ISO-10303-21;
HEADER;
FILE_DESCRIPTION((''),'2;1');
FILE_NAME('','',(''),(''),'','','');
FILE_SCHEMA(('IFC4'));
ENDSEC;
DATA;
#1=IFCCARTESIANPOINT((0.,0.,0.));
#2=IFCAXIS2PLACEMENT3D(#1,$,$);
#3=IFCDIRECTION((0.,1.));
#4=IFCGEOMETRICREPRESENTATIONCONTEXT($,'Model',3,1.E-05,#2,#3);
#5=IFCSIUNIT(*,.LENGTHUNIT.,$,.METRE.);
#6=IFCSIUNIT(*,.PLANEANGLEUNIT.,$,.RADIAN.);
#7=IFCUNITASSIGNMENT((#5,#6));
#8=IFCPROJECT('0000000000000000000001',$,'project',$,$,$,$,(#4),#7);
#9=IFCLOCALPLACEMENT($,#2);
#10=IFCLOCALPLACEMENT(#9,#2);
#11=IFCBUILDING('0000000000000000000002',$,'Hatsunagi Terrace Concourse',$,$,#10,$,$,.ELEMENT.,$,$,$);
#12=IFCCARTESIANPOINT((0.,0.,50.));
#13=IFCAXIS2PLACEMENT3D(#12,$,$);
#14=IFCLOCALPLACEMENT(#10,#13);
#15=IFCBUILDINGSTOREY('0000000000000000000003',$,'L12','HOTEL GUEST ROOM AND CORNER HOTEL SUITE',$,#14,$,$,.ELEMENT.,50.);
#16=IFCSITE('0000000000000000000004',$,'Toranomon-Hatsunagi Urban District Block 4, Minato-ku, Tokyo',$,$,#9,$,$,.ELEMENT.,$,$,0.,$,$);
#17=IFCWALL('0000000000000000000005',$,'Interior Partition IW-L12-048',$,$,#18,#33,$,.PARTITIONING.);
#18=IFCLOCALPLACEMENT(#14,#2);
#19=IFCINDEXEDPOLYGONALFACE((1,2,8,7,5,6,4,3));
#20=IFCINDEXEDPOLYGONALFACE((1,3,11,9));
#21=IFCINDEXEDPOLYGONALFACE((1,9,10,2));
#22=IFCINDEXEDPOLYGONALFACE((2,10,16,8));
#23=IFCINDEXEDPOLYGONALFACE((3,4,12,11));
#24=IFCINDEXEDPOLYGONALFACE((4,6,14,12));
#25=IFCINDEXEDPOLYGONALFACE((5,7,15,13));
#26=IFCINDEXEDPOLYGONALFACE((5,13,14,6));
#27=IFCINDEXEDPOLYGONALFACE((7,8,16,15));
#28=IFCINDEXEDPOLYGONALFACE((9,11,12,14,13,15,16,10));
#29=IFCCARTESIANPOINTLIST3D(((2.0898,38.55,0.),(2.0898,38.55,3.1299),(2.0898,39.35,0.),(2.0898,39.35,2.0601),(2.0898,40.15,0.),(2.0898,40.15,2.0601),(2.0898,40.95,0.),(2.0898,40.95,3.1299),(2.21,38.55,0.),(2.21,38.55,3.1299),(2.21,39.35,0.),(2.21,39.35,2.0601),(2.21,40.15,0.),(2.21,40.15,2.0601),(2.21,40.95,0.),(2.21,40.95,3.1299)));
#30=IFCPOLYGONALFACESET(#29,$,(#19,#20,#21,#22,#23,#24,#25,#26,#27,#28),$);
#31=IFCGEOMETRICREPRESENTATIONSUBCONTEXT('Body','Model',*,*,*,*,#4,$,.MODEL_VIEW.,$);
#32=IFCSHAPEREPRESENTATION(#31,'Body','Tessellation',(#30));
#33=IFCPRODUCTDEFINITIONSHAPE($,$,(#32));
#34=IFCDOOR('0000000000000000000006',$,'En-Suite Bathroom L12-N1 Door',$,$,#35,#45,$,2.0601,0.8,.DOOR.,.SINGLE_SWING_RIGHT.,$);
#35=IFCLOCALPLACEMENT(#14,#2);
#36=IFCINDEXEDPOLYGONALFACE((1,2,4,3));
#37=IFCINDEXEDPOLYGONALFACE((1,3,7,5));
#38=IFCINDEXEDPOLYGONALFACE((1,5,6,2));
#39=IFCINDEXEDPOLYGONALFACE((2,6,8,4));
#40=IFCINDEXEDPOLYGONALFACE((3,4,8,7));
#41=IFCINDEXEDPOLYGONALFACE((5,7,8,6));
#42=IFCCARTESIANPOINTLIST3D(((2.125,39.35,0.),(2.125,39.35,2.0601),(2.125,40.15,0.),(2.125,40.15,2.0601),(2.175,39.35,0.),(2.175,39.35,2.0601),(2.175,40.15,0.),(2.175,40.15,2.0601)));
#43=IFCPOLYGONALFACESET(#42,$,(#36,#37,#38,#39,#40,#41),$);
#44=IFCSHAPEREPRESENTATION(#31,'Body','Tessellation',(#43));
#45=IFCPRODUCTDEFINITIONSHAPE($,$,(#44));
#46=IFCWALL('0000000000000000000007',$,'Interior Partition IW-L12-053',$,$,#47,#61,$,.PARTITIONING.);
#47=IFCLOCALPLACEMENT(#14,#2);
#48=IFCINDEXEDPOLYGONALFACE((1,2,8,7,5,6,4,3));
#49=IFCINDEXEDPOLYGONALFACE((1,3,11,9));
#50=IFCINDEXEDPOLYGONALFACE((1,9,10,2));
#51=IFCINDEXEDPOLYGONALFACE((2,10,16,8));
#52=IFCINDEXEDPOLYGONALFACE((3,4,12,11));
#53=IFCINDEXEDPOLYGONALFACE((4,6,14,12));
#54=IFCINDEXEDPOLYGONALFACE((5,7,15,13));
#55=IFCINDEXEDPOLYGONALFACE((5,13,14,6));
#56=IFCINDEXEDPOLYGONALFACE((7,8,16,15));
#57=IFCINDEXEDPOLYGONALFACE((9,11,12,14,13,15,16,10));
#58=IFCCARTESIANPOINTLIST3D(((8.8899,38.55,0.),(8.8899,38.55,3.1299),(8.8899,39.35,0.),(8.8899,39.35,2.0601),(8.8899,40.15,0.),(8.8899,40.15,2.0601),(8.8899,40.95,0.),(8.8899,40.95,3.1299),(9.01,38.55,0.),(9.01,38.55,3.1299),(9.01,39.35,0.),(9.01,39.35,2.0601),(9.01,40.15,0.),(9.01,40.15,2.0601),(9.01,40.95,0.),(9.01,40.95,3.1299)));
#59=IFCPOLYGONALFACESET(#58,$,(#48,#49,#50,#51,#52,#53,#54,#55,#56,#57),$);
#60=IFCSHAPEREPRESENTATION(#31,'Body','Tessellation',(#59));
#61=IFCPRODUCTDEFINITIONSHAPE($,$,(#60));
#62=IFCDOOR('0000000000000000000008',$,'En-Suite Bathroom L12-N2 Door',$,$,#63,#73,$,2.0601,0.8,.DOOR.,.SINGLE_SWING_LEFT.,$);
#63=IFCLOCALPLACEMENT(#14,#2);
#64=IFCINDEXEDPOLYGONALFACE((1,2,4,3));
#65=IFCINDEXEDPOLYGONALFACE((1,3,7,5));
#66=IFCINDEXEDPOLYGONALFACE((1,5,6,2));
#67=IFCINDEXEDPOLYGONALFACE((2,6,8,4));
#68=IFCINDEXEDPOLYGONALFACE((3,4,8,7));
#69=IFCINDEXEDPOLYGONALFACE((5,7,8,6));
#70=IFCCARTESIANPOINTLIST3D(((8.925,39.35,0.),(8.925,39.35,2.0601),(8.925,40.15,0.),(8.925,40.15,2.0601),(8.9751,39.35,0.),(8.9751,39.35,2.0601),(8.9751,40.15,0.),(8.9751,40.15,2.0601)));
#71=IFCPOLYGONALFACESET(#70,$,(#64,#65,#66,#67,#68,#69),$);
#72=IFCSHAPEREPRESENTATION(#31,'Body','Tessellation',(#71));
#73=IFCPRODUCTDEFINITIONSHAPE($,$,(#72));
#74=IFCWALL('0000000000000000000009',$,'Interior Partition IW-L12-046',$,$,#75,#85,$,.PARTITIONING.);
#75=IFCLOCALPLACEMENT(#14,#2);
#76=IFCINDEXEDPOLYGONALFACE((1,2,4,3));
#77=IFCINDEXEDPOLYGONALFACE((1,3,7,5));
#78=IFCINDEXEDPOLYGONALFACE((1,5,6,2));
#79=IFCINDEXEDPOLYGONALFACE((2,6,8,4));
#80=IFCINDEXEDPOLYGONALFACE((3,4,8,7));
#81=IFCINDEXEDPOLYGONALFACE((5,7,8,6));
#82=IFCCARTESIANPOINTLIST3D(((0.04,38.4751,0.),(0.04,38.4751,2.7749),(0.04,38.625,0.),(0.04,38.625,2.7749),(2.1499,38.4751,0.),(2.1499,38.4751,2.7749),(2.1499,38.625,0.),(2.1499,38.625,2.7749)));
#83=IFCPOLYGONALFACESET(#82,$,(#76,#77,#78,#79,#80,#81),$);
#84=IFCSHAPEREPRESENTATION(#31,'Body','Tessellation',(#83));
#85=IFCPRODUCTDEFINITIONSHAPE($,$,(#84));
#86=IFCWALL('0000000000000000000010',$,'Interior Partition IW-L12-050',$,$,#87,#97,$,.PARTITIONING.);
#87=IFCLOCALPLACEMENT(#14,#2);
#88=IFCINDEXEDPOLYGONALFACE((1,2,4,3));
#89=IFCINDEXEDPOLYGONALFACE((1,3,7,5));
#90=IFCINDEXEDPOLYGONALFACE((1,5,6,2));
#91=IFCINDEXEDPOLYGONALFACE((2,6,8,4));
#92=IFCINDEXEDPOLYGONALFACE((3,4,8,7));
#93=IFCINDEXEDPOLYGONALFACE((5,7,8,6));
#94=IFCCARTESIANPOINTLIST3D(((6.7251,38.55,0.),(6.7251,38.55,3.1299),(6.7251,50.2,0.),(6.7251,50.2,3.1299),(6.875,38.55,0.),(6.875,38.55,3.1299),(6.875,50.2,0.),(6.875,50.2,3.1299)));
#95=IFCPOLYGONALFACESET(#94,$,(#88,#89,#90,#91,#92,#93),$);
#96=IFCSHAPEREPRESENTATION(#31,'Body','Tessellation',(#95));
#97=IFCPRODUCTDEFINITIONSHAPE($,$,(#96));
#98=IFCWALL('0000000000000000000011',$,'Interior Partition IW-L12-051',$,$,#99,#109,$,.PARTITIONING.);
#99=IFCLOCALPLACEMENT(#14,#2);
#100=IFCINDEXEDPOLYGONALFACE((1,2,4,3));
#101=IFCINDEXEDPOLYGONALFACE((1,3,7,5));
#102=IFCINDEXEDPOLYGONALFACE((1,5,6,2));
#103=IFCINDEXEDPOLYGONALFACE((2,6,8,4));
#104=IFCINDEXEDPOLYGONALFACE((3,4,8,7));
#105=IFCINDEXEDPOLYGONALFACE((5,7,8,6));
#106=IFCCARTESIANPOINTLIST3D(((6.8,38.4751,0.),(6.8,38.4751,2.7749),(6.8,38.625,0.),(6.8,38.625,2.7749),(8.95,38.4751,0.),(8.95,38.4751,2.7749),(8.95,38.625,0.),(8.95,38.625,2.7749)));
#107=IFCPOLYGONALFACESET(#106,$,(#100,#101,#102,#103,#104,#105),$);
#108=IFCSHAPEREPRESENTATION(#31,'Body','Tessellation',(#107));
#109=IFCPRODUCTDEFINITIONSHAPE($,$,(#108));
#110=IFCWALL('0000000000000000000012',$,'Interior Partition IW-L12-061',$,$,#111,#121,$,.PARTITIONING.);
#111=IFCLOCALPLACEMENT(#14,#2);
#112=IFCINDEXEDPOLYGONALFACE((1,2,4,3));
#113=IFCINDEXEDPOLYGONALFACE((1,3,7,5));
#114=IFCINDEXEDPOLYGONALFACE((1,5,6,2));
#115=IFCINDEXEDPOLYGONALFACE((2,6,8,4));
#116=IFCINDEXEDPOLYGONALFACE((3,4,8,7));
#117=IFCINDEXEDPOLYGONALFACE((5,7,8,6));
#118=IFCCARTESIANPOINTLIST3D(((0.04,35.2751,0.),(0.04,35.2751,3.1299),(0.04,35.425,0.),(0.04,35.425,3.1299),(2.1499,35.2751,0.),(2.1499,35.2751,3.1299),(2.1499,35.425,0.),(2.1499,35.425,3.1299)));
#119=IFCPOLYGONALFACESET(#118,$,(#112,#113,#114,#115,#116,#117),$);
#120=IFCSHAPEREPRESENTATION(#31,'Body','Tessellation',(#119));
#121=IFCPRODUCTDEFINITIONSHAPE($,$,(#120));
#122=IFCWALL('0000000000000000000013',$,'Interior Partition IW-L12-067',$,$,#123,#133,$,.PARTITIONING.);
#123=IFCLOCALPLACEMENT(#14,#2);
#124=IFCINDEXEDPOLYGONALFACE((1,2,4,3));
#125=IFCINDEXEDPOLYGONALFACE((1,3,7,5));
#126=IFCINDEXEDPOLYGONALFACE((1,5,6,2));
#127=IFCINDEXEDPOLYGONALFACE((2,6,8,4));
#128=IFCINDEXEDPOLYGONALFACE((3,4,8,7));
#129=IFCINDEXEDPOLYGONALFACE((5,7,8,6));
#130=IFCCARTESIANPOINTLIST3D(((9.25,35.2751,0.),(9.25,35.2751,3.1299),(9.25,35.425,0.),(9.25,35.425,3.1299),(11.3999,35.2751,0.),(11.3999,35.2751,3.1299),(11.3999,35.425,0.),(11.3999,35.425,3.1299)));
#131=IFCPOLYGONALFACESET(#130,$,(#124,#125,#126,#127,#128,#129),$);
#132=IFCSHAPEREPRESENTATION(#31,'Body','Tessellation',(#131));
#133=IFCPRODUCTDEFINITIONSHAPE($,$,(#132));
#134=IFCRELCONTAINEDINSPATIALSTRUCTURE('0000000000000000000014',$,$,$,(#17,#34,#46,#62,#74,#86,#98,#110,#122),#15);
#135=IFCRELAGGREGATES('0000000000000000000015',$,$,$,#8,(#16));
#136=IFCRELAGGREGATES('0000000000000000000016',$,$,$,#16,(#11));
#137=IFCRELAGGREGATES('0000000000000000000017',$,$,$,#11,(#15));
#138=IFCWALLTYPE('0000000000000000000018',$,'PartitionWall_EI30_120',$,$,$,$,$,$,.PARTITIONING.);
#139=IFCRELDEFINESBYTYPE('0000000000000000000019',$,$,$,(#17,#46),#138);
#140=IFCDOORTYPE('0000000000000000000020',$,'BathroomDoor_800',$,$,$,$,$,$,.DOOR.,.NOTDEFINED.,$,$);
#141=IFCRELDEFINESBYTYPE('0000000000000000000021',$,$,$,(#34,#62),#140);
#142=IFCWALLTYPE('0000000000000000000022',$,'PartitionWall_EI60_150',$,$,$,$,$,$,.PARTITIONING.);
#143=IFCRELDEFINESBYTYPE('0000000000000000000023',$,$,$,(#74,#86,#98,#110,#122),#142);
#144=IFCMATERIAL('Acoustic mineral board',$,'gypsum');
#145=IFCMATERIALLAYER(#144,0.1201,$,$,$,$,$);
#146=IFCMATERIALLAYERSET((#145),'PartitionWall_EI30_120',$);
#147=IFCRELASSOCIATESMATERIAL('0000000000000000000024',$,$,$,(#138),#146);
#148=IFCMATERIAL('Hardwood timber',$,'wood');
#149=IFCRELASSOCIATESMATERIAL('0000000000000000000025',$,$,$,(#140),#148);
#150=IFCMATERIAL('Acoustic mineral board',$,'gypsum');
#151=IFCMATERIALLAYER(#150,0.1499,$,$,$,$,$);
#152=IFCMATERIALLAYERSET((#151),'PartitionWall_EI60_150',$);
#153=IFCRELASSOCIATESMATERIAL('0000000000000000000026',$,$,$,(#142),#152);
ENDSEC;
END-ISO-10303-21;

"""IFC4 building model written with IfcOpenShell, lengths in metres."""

from ifc_helpers import new_model, si_unit, direction, frame, frame_2d, origin, place, context, subcontext, project, spatial, rectangle, extrude, material, layer, layer_set, type_object, element, fill, save


model = new_model("IFC4")

# Units and contexts
model_context = context("Model", 3, precision=1e-05, world=origin(), true_north=direction((0.0, 1.0)))
body_context = subcontext(model_context, "Body", "Model", "MODEL_VIEW")
ifc_project = project(units=[si_unit("LENGTHUNIT", "METRE"), si_unit("PLANEANGLEUNIT", "RADIAN")], contexts=[model_context])

# Site, building, storey
site_placement = place(None, origin())
site = spatial("IfcSite", under=ifc_project, at=site_placement, Name="Toranomon-Hatsunagi Urban District Block 4, Minato-ku, Tokyo", CompositionType="ELEMENT", RefElevation=0.0)
building_placement = place(site_placement, origin())
building = spatial("IfcBuilding", under=site, at=building_placement, Name="Hatsunagi Terrace Concourse", CompositionType="ELEMENT")
storey_placement = place(building_placement, frame((0.0, 0.0, 50.0)))
storey = spatial("IfcBuildingStorey", under=building, at=storey_placement, Name="L12", Description="HOTEL GUEST ROOM AND CORNER HOTEL SUITE", CompositionType="ELEMENT", Elevation=50.0)

# Walls, openings, doors
ifc_material_1 = material(Name="Acoustic mineral board", Category="gypsum")
ifc_layer_1 = layer(ifc_material_1, 0.1201)
ifc_layer_set_1 = layer_set([ifc_layer_1], Name="PartitionWall_EI30_120")
wall_type_1 = type_object("IfcWallType", Name="PartitionWall_EI30_120", PredefinedType="PARTITIONING", material=ifc_layer_set_1)
wall_1_placement = place(storey_placement, frame((2.1499, 38.55, 0.0), z_axis=(0.0, 0.0, 1.0), x_axis=(0.0, 1.0, 0.0)))
wall_1 = element("IfcWall", 1, at=wall_1_placement, inside=storey, type_object=wall_type_1, Name="Interior Partition IW-L12-048", PredefinedType="PARTITIONING", context=body_context, shape_type="SweptSolid", body=[
    extrude(rectangle(XDim=2.3999, YDim=0.1201, at=frame_2d((1.2, 0.0))), origin(), (0.0, 0.0, 1.0), 3.1299),
])
opening_1_placement = place(wall_1_placement, frame((0.8, 0.0, 0.0)))
opening_1 = element("IfcOpeningElement", 2, at=opening_1_placement, cuts=wall_1, PredefinedType="OPENING", context=body_context, shape_type="SweptSolid", body=[
    extrude(rectangle(XDim=0.8, YDim=2.0601, at=frame_2d((0.3999, 1.03))), frame((0.0, 0.0701, 0.0), z_axis=(0.0, -1.0, 0.0), x_axis=(1.0, 0.0, 0.0)), (0.0, 0.0, 1.0), 0.1401),
])
ifc_material_2 = material(Name="Hardwood timber", Category="wood")
door_type_1 = type_object("IfcDoorType", Name="BathroomDoor_800", OperationType="NOTDEFINED", PredefinedType="DOOR", material=ifc_material_2)
door_1_placement = place(opening_1_placement, origin())
door_1 = element("IfcDoor", 3, at=door_1_placement, inside=storey, type_object=door_type_1, Name="En-Suite Bathroom L12-N1 Door", OperationType="SINGLE_SWING_RIGHT", OverallHeight=2.0601, OverallWidth=0.8, PredefinedType="DOOR", context=body_context, shape_type="SweptSolid", body=[
    extrude(rectangle(XDim=0.8, YDim=2.0601, at=frame_2d((0.3999, 1.03))), frame((0.0, 0.0249, 0.0), z_axis=(0.0, -1.0, 0.0), x_axis=(1.0, 0.0, 0.0)), (0.0, 0.0, 1.0), 0.05),
])
fill(opening_1, door_1)
wall_2_placement = place(storey_placement, frame((8.95, 38.55, 0.0), z_axis=(0.0, 0.0, 1.0), x_axis=(0.0, 1.0, 0.0)))
wall_2 = element("IfcWall", 4, at=wall_2_placement, inside=storey, type_object=wall_type_1, Name="Interior Partition IW-L12-053", PredefinedType="PARTITIONING", context=body_context, shape_type="SweptSolid", body=[
    extrude(rectangle(XDim=2.3999, YDim=0.1201, at=frame_2d((1.2, 0.0))), origin(), (0.0, 0.0, 1.0), 3.1299),
])
opening_2_placement = place(wall_2_placement, frame((0.8, 0.0, 0.0)))
opening_2 = element("IfcOpeningElement", 5, at=opening_2_placement, cuts=wall_2, PredefinedType="OPENING", context=body_context, shape_type="SweptSolid", body=[
    extrude(rectangle(XDim=0.8, YDim=2.0601, at=frame_2d((0.3999, 1.03))), frame((0.0, 0.0701, 0.0), z_axis=(0.0, -1.0, 0.0), x_axis=(1.0, 0.0, 0.0)), (0.0, 0.0, 1.0), 0.1401),
])
door_2_placement = place(opening_2_placement, origin())
door_2 = element("IfcDoor", 6, at=door_2_placement, inside=storey, type_object=door_type_1, Name="En-Suite Bathroom L12-N2 Door", OperationType="SINGLE_SWING_LEFT", OverallHeight=2.0601, OverallWidth=0.8, PredefinedType="DOOR", context=body_context, shape_type="SweptSolid", body=[
    extrude(rectangle(XDim=0.8, YDim=2.0601, at=frame_2d((0.3999, 1.03))), frame((0.0, 0.0249, 0.0), z_axis=(0.0, -1.0, 0.0), x_axis=(1.0, 0.0, 0.0)), (0.0, 0.0, 1.0), 0.05),
])
fill(opening_2, door_2)

# Wall
ifc_material_3 = material(Name="Acoustic mineral board", Category="gypsum")
ifc_layer_2 = layer(ifc_material_3, 0.1499)
ifc_layer_set_2 = layer_set([ifc_layer_2], Name="PartitionWall_EI60_150")
wall_type_2 = type_object("IfcWallType", Name="PartitionWall_EI60_150", PredefinedType="PARTITIONING", material=ifc_layer_set_2)
wall_3_placement = place(storey_placement, frame((0.04, 38.55, 0.0), z_axis=(0.0, 0.0, 1.0), x_axis=(1.0, 0.0, 0.0)))
element("IfcWall", 7, at=wall_3_placement, inside=storey, type_object=wall_type_2, Name="Interior Partition IW-L12-046", PredefinedType="PARTITIONING", context=body_context, shape_type="SweptSolid", body=[
    extrude(rectangle(XDim=2.1099, YDim=0.1499, at=frame_2d((1.0549, 0.0))), origin(), (0.0, 0.0, 1.0), 2.7749),
])

# Walls
wall_4_placement = place(storey_placement, frame((6.8, 38.55, 0.0), z_axis=(0.0, 0.0, 1.0), x_axis=(0.0, 1.0, 0.0)))
element("IfcWall", 8, at=wall_4_placement, inside=storey, type_object=wall_type_2, Name="Interior Partition IW-L12-050", PredefinedType="PARTITIONING", context=body_context, shape_type="SweptSolid", body=[
    extrude(rectangle(XDim=11.6499, YDim=0.1499, at=frame_2d((5.825, 0.0))), origin(), (0.0, 0.0, 1.0), 3.1299),
])
wall_5_placement = place(storey_placement, frame((6.8, 38.55, 0.0), z_axis=(0.0, 0.0, 1.0), x_axis=(1.0, 0.0, 0.0)))
element("IfcWall", 9, at=wall_5_placement, inside=storey, type_object=wall_type_2, Name="Interior Partition IW-L12-051", PredefinedType="PARTITIONING", context=body_context, shape_type="SweptSolid", body=[
    extrude(rectangle(XDim=2.1499, YDim=0.1499, at=frame_2d((1.075, 0.0))), origin(), (0.0, 0.0, 1.0), 2.7749),
])

# Wall
wall_6_placement = place(storey_placement, frame((0.04, 35.3501, 0.0), z_axis=(0.0, 0.0, 1.0), x_axis=(1.0, 0.0, 0.0)))
element("IfcWall", 10, at=wall_6_placement, inside=storey, type_object=wall_type_2, Name="Interior Partition IW-L12-061", PredefinedType="PARTITIONING", context=body_context, shape_type="SweptSolid", body=[
    extrude(rectangle(XDim=2.1099, YDim=0.1499, at=frame_2d((1.0549, 0.0))), origin(), (0.0, 0.0, 1.0), 3.1299),
])

# Wall
wall_7_placement = place(storey_placement, frame((9.25, 35.3501, 0.0), z_axis=(0.0, 0.0, 1.0), x_axis=(1.0, 0.0, 0.0)))
element("IfcWall", 11, at=wall_7_placement, inside=storey, type_object=wall_type_2, Name="Interior Partition IW-L12-067", PredefinedType="PARTITIONING", context=body_context, shape_type="SweptSolid", body=[
    extrude(rectangle(XDim=2.1499, YDim=0.1499, at=frame_2d((1.075, 0.0))), origin(), (0.0, 0.0, 1.0), 3.1299),
])

save(model, "model.ifc")
